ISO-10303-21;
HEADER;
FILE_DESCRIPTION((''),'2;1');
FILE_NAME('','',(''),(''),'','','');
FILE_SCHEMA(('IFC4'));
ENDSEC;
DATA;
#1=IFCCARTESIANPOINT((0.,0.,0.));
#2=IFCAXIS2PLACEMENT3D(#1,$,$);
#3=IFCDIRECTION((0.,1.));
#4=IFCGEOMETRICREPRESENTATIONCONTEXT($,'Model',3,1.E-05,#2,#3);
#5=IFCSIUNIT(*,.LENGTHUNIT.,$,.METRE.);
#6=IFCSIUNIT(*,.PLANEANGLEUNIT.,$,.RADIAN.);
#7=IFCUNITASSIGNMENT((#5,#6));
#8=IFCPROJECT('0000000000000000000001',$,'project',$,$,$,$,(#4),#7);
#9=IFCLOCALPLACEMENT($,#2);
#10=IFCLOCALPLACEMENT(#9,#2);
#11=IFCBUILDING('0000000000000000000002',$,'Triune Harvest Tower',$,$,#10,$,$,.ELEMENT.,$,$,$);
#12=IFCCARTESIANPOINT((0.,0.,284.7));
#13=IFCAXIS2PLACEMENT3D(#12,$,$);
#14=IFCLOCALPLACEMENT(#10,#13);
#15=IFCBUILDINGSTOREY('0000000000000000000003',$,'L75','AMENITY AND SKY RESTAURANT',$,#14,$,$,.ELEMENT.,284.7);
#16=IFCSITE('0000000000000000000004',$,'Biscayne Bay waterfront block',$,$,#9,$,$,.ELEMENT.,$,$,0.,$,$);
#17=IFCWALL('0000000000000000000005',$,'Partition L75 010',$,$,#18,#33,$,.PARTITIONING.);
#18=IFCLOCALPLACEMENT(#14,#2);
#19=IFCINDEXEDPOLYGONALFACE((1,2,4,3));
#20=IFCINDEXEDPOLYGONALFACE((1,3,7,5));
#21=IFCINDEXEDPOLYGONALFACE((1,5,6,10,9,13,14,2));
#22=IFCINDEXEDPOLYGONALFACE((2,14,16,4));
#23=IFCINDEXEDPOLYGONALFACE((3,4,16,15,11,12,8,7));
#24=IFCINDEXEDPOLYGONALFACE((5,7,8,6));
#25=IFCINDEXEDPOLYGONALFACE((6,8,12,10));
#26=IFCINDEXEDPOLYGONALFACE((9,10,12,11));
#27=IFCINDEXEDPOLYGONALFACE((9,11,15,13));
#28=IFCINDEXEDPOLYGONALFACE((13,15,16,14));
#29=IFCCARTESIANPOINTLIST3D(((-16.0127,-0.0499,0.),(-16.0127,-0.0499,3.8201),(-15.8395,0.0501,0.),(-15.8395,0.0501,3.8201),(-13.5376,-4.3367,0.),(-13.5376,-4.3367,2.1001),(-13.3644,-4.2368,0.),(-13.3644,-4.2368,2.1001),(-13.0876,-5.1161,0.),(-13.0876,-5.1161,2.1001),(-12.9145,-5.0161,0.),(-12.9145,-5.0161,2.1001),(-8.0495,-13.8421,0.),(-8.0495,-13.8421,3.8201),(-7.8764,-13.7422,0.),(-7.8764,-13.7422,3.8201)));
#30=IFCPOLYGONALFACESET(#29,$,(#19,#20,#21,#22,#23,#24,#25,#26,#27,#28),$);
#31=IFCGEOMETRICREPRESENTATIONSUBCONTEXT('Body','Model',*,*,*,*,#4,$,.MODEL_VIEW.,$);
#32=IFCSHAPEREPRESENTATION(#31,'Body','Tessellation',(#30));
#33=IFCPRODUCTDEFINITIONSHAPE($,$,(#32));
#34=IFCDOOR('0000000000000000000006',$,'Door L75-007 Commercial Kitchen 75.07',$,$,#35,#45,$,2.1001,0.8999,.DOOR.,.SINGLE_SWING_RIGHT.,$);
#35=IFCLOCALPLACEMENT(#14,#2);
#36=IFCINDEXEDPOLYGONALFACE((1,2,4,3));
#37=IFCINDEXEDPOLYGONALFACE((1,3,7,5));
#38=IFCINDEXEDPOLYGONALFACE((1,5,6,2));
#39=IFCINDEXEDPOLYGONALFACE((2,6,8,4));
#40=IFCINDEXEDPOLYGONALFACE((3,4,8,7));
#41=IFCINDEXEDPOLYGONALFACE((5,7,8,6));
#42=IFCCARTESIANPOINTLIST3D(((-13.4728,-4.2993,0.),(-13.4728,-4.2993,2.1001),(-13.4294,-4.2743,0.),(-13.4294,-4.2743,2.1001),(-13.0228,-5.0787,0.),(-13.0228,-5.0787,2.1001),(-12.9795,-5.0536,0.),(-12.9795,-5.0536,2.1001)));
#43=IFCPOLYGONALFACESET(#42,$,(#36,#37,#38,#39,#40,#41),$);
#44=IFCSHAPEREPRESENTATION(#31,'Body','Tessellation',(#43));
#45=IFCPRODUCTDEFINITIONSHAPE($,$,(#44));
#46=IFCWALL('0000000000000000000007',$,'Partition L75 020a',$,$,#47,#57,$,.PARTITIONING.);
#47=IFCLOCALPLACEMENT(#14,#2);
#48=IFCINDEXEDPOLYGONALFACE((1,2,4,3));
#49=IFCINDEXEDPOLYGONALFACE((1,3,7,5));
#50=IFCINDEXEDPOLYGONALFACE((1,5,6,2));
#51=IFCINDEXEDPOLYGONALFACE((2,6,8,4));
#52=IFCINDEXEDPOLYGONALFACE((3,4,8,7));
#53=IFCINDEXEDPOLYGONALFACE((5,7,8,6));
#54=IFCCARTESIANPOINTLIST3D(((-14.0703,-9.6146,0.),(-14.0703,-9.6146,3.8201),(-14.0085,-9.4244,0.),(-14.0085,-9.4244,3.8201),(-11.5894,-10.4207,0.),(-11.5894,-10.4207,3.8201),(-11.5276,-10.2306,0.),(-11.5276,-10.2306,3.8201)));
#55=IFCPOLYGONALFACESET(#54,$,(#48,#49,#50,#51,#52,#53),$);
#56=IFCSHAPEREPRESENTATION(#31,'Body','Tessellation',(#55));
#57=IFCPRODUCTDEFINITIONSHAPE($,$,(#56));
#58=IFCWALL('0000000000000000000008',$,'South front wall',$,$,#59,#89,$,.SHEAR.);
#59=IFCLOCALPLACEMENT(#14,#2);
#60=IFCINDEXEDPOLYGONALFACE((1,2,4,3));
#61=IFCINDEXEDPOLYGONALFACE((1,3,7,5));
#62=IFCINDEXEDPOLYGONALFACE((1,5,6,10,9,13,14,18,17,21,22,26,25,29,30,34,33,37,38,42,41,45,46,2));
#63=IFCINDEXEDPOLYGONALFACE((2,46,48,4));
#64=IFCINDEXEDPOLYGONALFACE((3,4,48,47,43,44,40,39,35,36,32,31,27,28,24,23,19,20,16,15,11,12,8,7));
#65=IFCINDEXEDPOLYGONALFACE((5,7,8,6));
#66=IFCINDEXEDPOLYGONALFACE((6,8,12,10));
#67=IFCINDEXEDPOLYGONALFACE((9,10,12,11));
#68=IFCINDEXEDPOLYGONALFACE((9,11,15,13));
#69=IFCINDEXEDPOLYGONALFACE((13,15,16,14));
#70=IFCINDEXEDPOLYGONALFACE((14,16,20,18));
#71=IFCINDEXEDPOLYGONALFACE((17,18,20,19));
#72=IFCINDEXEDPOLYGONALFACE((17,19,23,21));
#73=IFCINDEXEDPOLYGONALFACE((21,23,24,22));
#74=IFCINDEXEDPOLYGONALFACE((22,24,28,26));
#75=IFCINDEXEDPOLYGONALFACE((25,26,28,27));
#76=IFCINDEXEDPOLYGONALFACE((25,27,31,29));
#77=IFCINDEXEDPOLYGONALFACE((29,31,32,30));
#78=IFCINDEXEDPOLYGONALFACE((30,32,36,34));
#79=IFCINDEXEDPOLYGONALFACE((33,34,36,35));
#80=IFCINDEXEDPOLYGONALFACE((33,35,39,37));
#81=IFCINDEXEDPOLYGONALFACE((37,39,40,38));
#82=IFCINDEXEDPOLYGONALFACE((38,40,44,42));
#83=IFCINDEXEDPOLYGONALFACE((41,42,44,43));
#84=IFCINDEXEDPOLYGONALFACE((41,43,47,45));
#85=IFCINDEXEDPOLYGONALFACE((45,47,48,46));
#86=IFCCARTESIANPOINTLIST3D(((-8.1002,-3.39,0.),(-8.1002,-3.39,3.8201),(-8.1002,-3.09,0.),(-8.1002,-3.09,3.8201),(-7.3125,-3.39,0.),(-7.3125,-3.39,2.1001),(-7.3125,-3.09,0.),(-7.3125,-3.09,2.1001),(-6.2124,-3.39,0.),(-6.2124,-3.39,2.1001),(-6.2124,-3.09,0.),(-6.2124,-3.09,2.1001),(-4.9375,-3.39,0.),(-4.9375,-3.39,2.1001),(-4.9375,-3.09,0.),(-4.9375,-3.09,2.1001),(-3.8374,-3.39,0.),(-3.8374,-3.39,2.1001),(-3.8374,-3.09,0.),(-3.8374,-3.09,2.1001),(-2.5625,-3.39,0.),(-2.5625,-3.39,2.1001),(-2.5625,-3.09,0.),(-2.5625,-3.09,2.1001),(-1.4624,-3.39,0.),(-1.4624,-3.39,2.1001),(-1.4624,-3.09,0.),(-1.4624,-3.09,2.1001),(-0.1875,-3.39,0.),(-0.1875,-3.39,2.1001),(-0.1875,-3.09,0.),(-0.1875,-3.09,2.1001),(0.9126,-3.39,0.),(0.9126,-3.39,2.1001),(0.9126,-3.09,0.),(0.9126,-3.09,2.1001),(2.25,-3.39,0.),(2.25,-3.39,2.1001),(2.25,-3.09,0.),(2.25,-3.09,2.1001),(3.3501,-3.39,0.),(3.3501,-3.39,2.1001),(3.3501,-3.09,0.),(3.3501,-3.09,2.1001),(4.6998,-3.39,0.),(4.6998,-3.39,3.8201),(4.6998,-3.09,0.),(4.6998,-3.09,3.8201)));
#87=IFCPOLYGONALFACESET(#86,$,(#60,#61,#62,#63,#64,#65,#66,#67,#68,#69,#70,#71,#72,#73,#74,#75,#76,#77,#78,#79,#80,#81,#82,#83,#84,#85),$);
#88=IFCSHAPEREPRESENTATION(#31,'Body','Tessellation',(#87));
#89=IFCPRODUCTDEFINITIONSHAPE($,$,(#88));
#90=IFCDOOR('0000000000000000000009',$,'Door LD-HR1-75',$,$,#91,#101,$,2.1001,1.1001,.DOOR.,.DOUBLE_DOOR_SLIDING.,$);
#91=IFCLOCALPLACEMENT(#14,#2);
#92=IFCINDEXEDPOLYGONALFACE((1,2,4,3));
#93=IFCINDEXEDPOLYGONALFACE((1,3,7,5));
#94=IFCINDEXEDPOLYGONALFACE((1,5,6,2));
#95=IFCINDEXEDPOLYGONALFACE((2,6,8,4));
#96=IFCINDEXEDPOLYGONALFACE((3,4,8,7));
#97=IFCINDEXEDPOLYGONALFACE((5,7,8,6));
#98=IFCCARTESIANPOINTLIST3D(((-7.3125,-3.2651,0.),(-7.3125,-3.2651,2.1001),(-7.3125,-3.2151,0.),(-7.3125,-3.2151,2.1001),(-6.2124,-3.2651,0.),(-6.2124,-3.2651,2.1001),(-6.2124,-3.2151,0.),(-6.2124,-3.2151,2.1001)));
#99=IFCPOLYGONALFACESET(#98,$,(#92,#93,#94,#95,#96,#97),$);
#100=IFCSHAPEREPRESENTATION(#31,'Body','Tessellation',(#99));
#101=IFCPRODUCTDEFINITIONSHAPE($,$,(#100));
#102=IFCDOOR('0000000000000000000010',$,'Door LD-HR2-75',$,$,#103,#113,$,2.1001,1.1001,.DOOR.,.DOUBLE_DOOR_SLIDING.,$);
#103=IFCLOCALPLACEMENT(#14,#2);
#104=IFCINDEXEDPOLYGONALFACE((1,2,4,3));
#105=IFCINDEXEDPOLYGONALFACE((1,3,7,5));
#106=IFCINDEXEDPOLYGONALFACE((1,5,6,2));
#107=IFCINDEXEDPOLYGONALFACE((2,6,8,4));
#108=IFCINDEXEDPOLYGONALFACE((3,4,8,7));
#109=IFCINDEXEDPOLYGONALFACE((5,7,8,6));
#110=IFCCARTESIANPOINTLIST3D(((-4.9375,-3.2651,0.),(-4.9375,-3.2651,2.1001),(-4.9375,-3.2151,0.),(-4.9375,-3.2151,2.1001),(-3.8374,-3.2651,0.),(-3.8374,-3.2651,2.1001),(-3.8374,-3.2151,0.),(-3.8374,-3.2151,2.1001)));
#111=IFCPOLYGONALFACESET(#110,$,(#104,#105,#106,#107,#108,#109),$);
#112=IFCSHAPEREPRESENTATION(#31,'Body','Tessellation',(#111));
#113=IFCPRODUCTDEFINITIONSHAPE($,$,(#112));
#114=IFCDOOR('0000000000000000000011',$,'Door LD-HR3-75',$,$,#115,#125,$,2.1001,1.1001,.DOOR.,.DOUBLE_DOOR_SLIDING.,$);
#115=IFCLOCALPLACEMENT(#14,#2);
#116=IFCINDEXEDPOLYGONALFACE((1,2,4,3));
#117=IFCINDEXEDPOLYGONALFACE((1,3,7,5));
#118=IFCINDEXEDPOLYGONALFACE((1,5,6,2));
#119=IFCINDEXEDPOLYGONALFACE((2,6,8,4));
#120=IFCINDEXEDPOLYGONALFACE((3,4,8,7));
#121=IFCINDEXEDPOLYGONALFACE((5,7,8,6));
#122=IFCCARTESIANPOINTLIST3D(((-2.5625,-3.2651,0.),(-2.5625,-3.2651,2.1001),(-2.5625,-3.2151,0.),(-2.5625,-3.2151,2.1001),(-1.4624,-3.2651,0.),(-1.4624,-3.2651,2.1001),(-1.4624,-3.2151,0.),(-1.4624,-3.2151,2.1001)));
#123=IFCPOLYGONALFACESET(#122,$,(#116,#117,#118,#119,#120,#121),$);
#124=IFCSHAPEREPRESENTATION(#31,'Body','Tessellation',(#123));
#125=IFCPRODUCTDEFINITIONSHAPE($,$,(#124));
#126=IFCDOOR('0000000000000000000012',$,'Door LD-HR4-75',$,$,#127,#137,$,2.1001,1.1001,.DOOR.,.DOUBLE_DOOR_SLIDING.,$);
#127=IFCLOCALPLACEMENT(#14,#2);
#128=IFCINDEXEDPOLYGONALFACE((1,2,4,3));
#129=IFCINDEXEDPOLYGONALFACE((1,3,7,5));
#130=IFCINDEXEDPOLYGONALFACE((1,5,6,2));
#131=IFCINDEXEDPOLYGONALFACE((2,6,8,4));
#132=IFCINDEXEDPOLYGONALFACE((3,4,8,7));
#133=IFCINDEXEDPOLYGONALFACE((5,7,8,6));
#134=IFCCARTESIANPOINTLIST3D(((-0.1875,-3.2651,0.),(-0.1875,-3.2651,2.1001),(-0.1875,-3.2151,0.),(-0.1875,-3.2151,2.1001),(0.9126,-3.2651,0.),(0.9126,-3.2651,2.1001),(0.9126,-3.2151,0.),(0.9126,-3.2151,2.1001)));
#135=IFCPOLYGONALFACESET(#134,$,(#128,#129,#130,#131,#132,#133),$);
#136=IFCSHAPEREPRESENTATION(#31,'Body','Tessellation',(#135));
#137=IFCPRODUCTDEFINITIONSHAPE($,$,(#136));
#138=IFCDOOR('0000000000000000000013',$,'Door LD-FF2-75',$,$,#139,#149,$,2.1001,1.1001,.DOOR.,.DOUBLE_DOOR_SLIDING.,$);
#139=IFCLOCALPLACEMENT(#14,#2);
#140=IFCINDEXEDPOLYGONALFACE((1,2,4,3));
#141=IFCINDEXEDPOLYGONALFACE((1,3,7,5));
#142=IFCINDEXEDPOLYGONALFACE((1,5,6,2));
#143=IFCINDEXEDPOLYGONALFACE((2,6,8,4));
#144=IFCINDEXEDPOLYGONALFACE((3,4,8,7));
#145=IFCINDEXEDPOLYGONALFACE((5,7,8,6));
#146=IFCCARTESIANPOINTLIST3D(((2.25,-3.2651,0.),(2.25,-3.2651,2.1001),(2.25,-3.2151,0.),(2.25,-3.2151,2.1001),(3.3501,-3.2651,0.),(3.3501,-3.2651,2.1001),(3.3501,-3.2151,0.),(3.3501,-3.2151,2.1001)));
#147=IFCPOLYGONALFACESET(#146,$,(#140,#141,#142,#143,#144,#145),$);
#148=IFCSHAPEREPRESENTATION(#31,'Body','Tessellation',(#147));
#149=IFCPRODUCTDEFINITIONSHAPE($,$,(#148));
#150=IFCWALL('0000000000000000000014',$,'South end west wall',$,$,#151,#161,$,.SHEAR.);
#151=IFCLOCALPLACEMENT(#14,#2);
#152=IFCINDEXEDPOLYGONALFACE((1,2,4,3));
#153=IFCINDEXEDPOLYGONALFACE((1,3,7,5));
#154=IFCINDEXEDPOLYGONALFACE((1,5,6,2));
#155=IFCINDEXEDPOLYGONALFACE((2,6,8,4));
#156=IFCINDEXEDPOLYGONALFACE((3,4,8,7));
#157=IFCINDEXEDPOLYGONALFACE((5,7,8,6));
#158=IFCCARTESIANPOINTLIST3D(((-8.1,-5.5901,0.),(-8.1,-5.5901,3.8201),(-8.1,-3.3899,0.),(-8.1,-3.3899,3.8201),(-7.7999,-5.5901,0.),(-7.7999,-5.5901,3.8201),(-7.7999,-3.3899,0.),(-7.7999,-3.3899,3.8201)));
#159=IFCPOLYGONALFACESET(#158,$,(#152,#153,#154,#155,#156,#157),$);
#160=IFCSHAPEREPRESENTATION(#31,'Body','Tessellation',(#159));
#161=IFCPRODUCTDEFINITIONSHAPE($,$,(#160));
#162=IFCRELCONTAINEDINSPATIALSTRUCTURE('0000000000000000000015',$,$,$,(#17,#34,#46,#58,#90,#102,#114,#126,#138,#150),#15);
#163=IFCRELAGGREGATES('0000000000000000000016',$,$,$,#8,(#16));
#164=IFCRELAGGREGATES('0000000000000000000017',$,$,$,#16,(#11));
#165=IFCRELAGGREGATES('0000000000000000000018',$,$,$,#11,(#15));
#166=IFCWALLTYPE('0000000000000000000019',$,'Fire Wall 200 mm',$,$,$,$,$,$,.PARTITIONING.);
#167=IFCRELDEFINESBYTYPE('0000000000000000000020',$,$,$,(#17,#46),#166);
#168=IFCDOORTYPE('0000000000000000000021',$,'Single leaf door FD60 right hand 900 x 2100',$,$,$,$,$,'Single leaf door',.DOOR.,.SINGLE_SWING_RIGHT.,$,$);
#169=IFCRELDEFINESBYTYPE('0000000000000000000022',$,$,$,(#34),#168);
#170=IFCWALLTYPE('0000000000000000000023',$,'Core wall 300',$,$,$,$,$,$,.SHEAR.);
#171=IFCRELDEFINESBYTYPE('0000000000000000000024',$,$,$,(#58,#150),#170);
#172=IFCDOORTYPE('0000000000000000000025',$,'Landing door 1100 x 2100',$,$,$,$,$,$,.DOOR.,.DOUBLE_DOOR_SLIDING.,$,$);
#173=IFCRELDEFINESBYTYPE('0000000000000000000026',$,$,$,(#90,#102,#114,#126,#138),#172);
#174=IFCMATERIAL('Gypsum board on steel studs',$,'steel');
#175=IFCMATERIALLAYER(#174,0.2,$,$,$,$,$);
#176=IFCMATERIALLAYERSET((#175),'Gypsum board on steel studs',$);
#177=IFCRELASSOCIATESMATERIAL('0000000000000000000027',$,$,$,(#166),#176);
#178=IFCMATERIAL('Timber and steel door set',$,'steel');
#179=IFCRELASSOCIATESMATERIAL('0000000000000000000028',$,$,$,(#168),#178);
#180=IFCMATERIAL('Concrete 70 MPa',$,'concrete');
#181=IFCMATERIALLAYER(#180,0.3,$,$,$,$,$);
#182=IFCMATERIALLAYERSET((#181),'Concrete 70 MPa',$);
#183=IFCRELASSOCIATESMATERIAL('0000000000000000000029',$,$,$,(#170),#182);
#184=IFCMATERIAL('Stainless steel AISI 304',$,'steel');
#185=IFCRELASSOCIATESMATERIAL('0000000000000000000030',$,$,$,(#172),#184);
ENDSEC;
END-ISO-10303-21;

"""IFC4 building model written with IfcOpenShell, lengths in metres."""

from ifc_helpers import new_model, si_unit, direction, frame, frame_2d, origin, place, context, subcontext, project, spatial, rectangle, extrude, source, transform, mapped, material, layer, layer_set, type_object, element, fill, save


model = new_model("IFC4")

# Units and contexts
model_context = context("Model", 3, precision=1e-05, world=origin(), true_north=direction((0.0, 1.0)))
body_context = subcontext(model_context, "Body", "Model", "MODEL_VIEW")
ifc_project = project(units=[si_unit("LENGTHUNIT", "METRE"), si_unit("PLANEANGLEUNIT", "RADIAN")], contexts=[model_context])

# Site, building, storey
site_placement = place(None, origin())
site = spatial("IfcSite", under=ifc_project, at=site_placement, Name="Biscayne Bay waterfront block", CompositionType="ELEMENT", RefElevation=0.0)
building_placement = place(site_placement, origin())
building = spatial("IfcBuilding", under=site, at=building_placement, Name="Triune Harvest Tower", CompositionType="ELEMENT")
storey_placement = place(building_placement, frame((0.0, 0.0, 284.7)))
storey = spatial("IfcBuildingStorey", under=building, at=storey_placement, Name="L75", Description="AMENITY AND SKY RESTAURANT", CompositionType="ELEMENT", Elevation=284.7)

# Wall, opening, door
ifc_material_1 = material(Name="Gypsum board on steel studs", Category="steel")
ifc_layer_1 = layer(ifc_material_1, 0.2)
ifc_layer_set_1 = layer_set([ifc_layer_1], Name="Gypsum board on steel studs")
wall_type_1 = type_object("IfcWallType", Name="Fire Wall 200 mm", PredefinedType="PARTITIONING", material=ifc_layer_set_1)
wall_1_placement = place(storey_placement, frame((-15.926, 0.0, 0.0), z_axis=(0.0, 0.0, 1.0), x_axis=(0.500009, -0.86602, 0.0)))
wall_1 = element("IfcWall", 1, at=wall_1_placement, inside=storey, type_object=wall_type_1, Name="Partition L75 010", PredefinedType="PARTITIONING", context=body_context, shape_type="SweptSolid", body=[
    extrude(rectangle(XDim=15.926, YDim=0.2, at=frame_2d((7.9629, 0.0))), origin(), (0.0, 0.0, 1.0), 3.8201),
])
opening_1_placement = place(wall_1_placement, frame((4.95, 0.0, 0.0)))
opening_1 = element("IfcOpeningElement", 2, at=opening_1_placement, cuts=wall_1, PredefinedType="OPENING", context=body_context, shape_type="SweptSolid", body=[
    extrude(rectangle(XDim=0.8999, YDim=2.1001, at=frame_2d((0.45, 1.05))), frame((0.0, 0.1099, 0.0), z_axis=(0.0, -1.0, 0.0), x_axis=(1.0, 0.0, 0.0)), (0.0, 0.0, 1.0), 0.22),
])
ifc_material_2 = material(Name="Timber and steel door set", Category="steel")
door_type_1 = type_object("IfcDoorType", Name="Single leaf door FD60 right hand 900 x 2100", ElementType="Single leaf door", OperationType="SINGLE_SWING_RIGHT", PredefinedType="DOOR", material=ifc_material_2)
door_1_placement = place(opening_1_placement, origin())
door_1 = element("IfcDoor", 3, at=door_1_placement, inside=storey, type_object=door_type_1, Name="Door L75-007 Commercial Kitchen 75.07", OperationType="SINGLE_SWING_RIGHT", OverallHeight=2.1001, OverallWidth=0.8999, PredefinedType="DOOR", context=body_context, shape_type="SweptSolid", body=[
    extrude(rectangle(XDim=0.8999, YDim=2.1001, at=frame_2d((0.45, 1.05))), frame((0.0, 0.0249, 0.0), z_axis=(0.0, -1.0, 0.0), x_axis=(1.0, 0.0, 0.0)), (0.0, 0.0, 1.0), 0.05),
])
fill(opening_1, door_1)

# Wall
wall_2_placement = place(storey_placement, frame((-14.0393, -9.5195, 0.0), z_axis=(0.0, 0.0, 1.0), x_axis=(0.951052, -0.309031, 0.0)))
element("IfcWall", 4, at=wall_2_placement, inside=storey, type_object=wall_type_1, Name="Partition L75 020a", PredefinedType="PARTITIONING", context=body_context, shape_type="SweptSolid", body=[
    extrude(rectangle(XDim=2.6086, YDim=0.2, at=frame_2d((1.3042, 0.0))), origin(), (0.0, 0.0, 1.0), 3.8201),
])

# Wall, openings, doors
ifc_material_3 = material(Name="Concrete 70 MPa", Category="concrete")
ifc_layer_2 = layer(ifc_material_3, 0.3)
ifc_layer_set_2 = layer_set([ifc_layer_2], Name="Concrete 70 MPa")
wall_type_2 = type_object("IfcWallType", Name="Core wall 300", PredefinedType="SHEAR", material=ifc_layer_set_2)
shared_shape_1 = source(origin(), body_context, "Body", "SweptSolid", [
    extrude(rectangle(XDim=12.8, YDim=0.3, at=frame_2d((6.3999, 0.0))), origin(), (0.0, 0.0, 1.0), 3.8201),
])
wall_3_placement = place(storey_placement, frame((-8.1001, -3.24, 0.0), z_axis=(0.0, 0.0, 1.0), x_axis=(1.0, 0.0, 0.0)))
wall_3 = element("IfcWall", 5, at=wall_3_placement, inside=storey, type_object=wall_type_2, Name="South front wall", PredefinedType="SHEAR", context=body_context, shape_type="MappedRepresentation", body=[
    mapped(shared_shape_1, transform((0.0, 0.0, 0.0), scale=1.0)),
])
opening_2_placement = place(wall_3_placement, frame((0.7876, 0.0, 0.0)))
opening_2 = element("IfcOpeningElement", 6, at=opening_2_placement, cuts=wall_3, PredefinedType="OPENING", context=body_context, shape_type="SweptSolid", body=[
    extrude(rectangle(XDim=1.1001, YDim=2.1001, at=frame_2d((0.55, 1.05))), frame((0.0, 0.1602, 0.0), z_axis=(0.0, -1.0, 0.0), x_axis=(1.0, 0.0, 0.0)), (0.0, 0.0, 1.0), 0.3201),
])
opening_3_placement = place(wall_3_placement, frame((3.1626, 0.0, 0.0)))
opening_3 = element("IfcOpeningElement", 7, at=opening_3_placement, cuts=wall_3, PredefinedType="OPENING", context=body_context, shape_type="SweptSolid", body=[
    extrude(rectangle(XDim=1.1001, YDim=2.1001, at=frame_2d((0.55, 1.05))), frame((0.0, 0.1602, 0.0), z_axis=(0.0, -1.0, 0.0), x_axis=(1.0, 0.0, 0.0)), (0.0, 0.0, 1.0), 0.3201),
])
opening_4_placement = place(wall_3_placement, frame((5.5376, 0.0, 0.0)))
opening_4 = element("IfcOpeningElement", 8, at=opening_4_placement, cuts=wall_3, PredefinedType="OPENING", context=body_context, shape_type="SweptSolid", body=[
    extrude(rectangle(XDim=1.1001, YDim=2.1001, at=frame_2d((0.55, 1.05))), frame((0.0, 0.1602, 0.0), z_axis=(0.0, -1.0, 0.0), x_axis=(1.0, 0.0, 0.0)), (0.0, 0.0, 1.0), 0.3201),
])
opening_5_placement = place(wall_3_placement, frame((7.9126, 0.0, 0.0)))
opening_5 = element("IfcOpeningElement", 9, at=opening_5_placement, cuts=wall_3, PredefinedType="OPENING", context=body_context, shape_type="SweptSolid", body=[
    extrude(rectangle(XDim=1.1001, YDim=2.1001, at=frame_2d((0.55, 1.05))), frame((0.0, 0.1602, 0.0), z_axis=(0.0, -1.0, 0.0), x_axis=(1.0, 0.0, 0.0)), (0.0, 0.0, 1.0), 0.3201),
])
opening_6_placement = place(wall_3_placement, frame((10.3501, 0.0, 0.0)))
opening_6 = element("IfcOpeningElement", 10, at=opening_6_placement, cuts=wall_3, PredefinedType="OPENING", context=body_context, shape_type="SweptSolid", body=[
    extrude(rectangle(XDim=1.1001, YDim=2.1001, at=frame_2d((0.55, 1.05))), frame((0.0, 0.1602, 0.0), z_axis=(0.0, -1.0, 0.0), x_axis=(1.0, 0.0, 0.0)), (0.0, 0.0, 1.0), 0.3201),
])
ifc_material_4 = material(Name="Stainless steel AISI 304", Category="steel")
door_type_2 = type_object("IfcDoorType", Name="Landing door 1100 x 2100", OperationType="DOUBLE_DOOR_SLIDING", PredefinedType="DOOR", material=ifc_material_4)
door_2_placement = place(opening_2_placement, origin())
door_2 = element("IfcDoor", 11, at=door_2_placement, inside=storey, type_object=door_type_2, Name="Door LD-HR1-75", OperationType="DOUBLE_DOOR_SLIDING", OverallHeight=2.1001, OverallWidth=1.1001, PredefinedType="DOOR", context=body_context, shape_type="SweptSolid", body=[
    extrude(rectangle(XDim=1.1001, YDim=2.1001, at=frame_2d((0.55, 1.05))), frame((0.0, 0.0249, 0.0), z_axis=(0.0, -1.0, 0.0), x_axis=(1.0, 0.0, 0.0)), (0.0, 0.0, 1.0), 0.05),
])
fill(opening_2, door_2)
door_3_placement = place(opening_3_placement, origin())
door_3 = element("IfcDoor", 12, at=door_3_placement, inside=storey, type_object=door_type_2, Name="Door LD-HR2-75", OperationType="DOUBLE_DOOR_SLIDING", OverallHeight=2.1001, OverallWidth=1.1001, PredefinedType="DOOR", context=body_context, shape_type="SweptSolid", body=[
    extrude(rectangle(XDim=1.1001, YDim=2.1001, at=frame_2d((0.55, 1.05))), frame((0.0, 0.0249, 0.0), z_axis=(0.0, -1.0, 0.0), x_axis=(1.0, 0.0, 0.0)), (0.0, 0.0, 1.0), 0.05),
])
fill(opening_3, door_3)
door_4_placement = place(opening_4_placement, origin())
door_4 = element("IfcDoor", 13, at=door_4_placement, inside=storey, type_object=door_type_2, Name="Door LD-HR3-75", OperationType="DOUBLE_DOOR_SLIDING", OverallHeight=2.1001, OverallWidth=1.1001, PredefinedType="DOOR", context=body_context, shape_type="SweptSolid", body=[
    extrude(rectangle(XDim=1.1001, YDim=2.1001, at=frame_2d((0.55, 1.05))), frame((0.0, 0.0249, 0.0), z_axis=(0.0, -1.0, 0.0), x_axis=(1.0, 0.0, 0.0)), (0.0, 0.0, 1.0), 0.05),
])
fill(opening_4, door_4)
door_5_placement = place(opening_5_placement, origin())
door_5 = element("IfcDoor", 14, at=door_5_placement, inside=storey, type_object=door_type_2, Name="Door LD-HR4-75", OperationType="DOUBLE_DOOR_SLIDING", OverallHeight=2.1001, OverallWidth=1.1001, PredefinedType="DOOR", context=body_context, shape_type="SweptSolid", body=[
    extrude(rectangle(XDim=1.1001, YDim=2.1001, at=frame_2d((0.55, 1.05))), frame((0.0, 0.0249, 0.0), z_axis=(0.0, -1.0, 0.0), x_axis=(1.0, 0.0, 0.0)), (0.0, 0.0, 1.0), 0.05),
])
fill(opening_5, door_5)
door_6_placement = place(opening_6_placement, origin())
door_6 = element("IfcDoor", 15, at=door_6_placement, inside=storey, type_object=door_type_2, Name="Door LD-FF2-75", OperationType="DOUBLE_DOOR_SLIDING", OverallHeight=2.1001, OverallWidth=1.1001, PredefinedType="DOOR", context=body_context, shape_type="SweptSolid", body=[
    extrude(rectangle(XDim=1.1001, YDim=2.1001, at=frame_2d((0.55, 1.05))), frame((0.0, 0.0249, 0.0), z_axis=(0.0, -1.0, 0.0), x_axis=(1.0, 0.0, 0.0)), (0.0, 0.0, 1.0), 0.05),
])
fill(opening_6, door_6)

# Wall
shared_shape_2 = source(origin(), body_context, "Body", "SweptSolid", [
    extrude(rectangle(XDim=2.2002, YDim=0.3, at=frame_2d((1.1001, 0.0))), origin(), (0.0, 0.0, 1.0), 3.8201),
])
for number, where, z_axis, x_axis, name in (
    (16, (-7.95, -5.5901, 0.0), (0.0, 0.0, 1.0), (0.0, 1.0, 0.0), "South end west wall"),
):
    element("IfcWall", number, at=place(storey_placement, frame(where, z_axis=z_axis, x_axis=x_axis)), inside=storey, type_object=wall_type_2, Name=name, PredefinedType="SHEAR", context=body_context, shape_type="MappedRepresentation", body=[
        mapped(shared_shape_2, transform((0.0, 0.0, 0.0), scale=1.0)),
    ])

save(model, "model.ifc")
